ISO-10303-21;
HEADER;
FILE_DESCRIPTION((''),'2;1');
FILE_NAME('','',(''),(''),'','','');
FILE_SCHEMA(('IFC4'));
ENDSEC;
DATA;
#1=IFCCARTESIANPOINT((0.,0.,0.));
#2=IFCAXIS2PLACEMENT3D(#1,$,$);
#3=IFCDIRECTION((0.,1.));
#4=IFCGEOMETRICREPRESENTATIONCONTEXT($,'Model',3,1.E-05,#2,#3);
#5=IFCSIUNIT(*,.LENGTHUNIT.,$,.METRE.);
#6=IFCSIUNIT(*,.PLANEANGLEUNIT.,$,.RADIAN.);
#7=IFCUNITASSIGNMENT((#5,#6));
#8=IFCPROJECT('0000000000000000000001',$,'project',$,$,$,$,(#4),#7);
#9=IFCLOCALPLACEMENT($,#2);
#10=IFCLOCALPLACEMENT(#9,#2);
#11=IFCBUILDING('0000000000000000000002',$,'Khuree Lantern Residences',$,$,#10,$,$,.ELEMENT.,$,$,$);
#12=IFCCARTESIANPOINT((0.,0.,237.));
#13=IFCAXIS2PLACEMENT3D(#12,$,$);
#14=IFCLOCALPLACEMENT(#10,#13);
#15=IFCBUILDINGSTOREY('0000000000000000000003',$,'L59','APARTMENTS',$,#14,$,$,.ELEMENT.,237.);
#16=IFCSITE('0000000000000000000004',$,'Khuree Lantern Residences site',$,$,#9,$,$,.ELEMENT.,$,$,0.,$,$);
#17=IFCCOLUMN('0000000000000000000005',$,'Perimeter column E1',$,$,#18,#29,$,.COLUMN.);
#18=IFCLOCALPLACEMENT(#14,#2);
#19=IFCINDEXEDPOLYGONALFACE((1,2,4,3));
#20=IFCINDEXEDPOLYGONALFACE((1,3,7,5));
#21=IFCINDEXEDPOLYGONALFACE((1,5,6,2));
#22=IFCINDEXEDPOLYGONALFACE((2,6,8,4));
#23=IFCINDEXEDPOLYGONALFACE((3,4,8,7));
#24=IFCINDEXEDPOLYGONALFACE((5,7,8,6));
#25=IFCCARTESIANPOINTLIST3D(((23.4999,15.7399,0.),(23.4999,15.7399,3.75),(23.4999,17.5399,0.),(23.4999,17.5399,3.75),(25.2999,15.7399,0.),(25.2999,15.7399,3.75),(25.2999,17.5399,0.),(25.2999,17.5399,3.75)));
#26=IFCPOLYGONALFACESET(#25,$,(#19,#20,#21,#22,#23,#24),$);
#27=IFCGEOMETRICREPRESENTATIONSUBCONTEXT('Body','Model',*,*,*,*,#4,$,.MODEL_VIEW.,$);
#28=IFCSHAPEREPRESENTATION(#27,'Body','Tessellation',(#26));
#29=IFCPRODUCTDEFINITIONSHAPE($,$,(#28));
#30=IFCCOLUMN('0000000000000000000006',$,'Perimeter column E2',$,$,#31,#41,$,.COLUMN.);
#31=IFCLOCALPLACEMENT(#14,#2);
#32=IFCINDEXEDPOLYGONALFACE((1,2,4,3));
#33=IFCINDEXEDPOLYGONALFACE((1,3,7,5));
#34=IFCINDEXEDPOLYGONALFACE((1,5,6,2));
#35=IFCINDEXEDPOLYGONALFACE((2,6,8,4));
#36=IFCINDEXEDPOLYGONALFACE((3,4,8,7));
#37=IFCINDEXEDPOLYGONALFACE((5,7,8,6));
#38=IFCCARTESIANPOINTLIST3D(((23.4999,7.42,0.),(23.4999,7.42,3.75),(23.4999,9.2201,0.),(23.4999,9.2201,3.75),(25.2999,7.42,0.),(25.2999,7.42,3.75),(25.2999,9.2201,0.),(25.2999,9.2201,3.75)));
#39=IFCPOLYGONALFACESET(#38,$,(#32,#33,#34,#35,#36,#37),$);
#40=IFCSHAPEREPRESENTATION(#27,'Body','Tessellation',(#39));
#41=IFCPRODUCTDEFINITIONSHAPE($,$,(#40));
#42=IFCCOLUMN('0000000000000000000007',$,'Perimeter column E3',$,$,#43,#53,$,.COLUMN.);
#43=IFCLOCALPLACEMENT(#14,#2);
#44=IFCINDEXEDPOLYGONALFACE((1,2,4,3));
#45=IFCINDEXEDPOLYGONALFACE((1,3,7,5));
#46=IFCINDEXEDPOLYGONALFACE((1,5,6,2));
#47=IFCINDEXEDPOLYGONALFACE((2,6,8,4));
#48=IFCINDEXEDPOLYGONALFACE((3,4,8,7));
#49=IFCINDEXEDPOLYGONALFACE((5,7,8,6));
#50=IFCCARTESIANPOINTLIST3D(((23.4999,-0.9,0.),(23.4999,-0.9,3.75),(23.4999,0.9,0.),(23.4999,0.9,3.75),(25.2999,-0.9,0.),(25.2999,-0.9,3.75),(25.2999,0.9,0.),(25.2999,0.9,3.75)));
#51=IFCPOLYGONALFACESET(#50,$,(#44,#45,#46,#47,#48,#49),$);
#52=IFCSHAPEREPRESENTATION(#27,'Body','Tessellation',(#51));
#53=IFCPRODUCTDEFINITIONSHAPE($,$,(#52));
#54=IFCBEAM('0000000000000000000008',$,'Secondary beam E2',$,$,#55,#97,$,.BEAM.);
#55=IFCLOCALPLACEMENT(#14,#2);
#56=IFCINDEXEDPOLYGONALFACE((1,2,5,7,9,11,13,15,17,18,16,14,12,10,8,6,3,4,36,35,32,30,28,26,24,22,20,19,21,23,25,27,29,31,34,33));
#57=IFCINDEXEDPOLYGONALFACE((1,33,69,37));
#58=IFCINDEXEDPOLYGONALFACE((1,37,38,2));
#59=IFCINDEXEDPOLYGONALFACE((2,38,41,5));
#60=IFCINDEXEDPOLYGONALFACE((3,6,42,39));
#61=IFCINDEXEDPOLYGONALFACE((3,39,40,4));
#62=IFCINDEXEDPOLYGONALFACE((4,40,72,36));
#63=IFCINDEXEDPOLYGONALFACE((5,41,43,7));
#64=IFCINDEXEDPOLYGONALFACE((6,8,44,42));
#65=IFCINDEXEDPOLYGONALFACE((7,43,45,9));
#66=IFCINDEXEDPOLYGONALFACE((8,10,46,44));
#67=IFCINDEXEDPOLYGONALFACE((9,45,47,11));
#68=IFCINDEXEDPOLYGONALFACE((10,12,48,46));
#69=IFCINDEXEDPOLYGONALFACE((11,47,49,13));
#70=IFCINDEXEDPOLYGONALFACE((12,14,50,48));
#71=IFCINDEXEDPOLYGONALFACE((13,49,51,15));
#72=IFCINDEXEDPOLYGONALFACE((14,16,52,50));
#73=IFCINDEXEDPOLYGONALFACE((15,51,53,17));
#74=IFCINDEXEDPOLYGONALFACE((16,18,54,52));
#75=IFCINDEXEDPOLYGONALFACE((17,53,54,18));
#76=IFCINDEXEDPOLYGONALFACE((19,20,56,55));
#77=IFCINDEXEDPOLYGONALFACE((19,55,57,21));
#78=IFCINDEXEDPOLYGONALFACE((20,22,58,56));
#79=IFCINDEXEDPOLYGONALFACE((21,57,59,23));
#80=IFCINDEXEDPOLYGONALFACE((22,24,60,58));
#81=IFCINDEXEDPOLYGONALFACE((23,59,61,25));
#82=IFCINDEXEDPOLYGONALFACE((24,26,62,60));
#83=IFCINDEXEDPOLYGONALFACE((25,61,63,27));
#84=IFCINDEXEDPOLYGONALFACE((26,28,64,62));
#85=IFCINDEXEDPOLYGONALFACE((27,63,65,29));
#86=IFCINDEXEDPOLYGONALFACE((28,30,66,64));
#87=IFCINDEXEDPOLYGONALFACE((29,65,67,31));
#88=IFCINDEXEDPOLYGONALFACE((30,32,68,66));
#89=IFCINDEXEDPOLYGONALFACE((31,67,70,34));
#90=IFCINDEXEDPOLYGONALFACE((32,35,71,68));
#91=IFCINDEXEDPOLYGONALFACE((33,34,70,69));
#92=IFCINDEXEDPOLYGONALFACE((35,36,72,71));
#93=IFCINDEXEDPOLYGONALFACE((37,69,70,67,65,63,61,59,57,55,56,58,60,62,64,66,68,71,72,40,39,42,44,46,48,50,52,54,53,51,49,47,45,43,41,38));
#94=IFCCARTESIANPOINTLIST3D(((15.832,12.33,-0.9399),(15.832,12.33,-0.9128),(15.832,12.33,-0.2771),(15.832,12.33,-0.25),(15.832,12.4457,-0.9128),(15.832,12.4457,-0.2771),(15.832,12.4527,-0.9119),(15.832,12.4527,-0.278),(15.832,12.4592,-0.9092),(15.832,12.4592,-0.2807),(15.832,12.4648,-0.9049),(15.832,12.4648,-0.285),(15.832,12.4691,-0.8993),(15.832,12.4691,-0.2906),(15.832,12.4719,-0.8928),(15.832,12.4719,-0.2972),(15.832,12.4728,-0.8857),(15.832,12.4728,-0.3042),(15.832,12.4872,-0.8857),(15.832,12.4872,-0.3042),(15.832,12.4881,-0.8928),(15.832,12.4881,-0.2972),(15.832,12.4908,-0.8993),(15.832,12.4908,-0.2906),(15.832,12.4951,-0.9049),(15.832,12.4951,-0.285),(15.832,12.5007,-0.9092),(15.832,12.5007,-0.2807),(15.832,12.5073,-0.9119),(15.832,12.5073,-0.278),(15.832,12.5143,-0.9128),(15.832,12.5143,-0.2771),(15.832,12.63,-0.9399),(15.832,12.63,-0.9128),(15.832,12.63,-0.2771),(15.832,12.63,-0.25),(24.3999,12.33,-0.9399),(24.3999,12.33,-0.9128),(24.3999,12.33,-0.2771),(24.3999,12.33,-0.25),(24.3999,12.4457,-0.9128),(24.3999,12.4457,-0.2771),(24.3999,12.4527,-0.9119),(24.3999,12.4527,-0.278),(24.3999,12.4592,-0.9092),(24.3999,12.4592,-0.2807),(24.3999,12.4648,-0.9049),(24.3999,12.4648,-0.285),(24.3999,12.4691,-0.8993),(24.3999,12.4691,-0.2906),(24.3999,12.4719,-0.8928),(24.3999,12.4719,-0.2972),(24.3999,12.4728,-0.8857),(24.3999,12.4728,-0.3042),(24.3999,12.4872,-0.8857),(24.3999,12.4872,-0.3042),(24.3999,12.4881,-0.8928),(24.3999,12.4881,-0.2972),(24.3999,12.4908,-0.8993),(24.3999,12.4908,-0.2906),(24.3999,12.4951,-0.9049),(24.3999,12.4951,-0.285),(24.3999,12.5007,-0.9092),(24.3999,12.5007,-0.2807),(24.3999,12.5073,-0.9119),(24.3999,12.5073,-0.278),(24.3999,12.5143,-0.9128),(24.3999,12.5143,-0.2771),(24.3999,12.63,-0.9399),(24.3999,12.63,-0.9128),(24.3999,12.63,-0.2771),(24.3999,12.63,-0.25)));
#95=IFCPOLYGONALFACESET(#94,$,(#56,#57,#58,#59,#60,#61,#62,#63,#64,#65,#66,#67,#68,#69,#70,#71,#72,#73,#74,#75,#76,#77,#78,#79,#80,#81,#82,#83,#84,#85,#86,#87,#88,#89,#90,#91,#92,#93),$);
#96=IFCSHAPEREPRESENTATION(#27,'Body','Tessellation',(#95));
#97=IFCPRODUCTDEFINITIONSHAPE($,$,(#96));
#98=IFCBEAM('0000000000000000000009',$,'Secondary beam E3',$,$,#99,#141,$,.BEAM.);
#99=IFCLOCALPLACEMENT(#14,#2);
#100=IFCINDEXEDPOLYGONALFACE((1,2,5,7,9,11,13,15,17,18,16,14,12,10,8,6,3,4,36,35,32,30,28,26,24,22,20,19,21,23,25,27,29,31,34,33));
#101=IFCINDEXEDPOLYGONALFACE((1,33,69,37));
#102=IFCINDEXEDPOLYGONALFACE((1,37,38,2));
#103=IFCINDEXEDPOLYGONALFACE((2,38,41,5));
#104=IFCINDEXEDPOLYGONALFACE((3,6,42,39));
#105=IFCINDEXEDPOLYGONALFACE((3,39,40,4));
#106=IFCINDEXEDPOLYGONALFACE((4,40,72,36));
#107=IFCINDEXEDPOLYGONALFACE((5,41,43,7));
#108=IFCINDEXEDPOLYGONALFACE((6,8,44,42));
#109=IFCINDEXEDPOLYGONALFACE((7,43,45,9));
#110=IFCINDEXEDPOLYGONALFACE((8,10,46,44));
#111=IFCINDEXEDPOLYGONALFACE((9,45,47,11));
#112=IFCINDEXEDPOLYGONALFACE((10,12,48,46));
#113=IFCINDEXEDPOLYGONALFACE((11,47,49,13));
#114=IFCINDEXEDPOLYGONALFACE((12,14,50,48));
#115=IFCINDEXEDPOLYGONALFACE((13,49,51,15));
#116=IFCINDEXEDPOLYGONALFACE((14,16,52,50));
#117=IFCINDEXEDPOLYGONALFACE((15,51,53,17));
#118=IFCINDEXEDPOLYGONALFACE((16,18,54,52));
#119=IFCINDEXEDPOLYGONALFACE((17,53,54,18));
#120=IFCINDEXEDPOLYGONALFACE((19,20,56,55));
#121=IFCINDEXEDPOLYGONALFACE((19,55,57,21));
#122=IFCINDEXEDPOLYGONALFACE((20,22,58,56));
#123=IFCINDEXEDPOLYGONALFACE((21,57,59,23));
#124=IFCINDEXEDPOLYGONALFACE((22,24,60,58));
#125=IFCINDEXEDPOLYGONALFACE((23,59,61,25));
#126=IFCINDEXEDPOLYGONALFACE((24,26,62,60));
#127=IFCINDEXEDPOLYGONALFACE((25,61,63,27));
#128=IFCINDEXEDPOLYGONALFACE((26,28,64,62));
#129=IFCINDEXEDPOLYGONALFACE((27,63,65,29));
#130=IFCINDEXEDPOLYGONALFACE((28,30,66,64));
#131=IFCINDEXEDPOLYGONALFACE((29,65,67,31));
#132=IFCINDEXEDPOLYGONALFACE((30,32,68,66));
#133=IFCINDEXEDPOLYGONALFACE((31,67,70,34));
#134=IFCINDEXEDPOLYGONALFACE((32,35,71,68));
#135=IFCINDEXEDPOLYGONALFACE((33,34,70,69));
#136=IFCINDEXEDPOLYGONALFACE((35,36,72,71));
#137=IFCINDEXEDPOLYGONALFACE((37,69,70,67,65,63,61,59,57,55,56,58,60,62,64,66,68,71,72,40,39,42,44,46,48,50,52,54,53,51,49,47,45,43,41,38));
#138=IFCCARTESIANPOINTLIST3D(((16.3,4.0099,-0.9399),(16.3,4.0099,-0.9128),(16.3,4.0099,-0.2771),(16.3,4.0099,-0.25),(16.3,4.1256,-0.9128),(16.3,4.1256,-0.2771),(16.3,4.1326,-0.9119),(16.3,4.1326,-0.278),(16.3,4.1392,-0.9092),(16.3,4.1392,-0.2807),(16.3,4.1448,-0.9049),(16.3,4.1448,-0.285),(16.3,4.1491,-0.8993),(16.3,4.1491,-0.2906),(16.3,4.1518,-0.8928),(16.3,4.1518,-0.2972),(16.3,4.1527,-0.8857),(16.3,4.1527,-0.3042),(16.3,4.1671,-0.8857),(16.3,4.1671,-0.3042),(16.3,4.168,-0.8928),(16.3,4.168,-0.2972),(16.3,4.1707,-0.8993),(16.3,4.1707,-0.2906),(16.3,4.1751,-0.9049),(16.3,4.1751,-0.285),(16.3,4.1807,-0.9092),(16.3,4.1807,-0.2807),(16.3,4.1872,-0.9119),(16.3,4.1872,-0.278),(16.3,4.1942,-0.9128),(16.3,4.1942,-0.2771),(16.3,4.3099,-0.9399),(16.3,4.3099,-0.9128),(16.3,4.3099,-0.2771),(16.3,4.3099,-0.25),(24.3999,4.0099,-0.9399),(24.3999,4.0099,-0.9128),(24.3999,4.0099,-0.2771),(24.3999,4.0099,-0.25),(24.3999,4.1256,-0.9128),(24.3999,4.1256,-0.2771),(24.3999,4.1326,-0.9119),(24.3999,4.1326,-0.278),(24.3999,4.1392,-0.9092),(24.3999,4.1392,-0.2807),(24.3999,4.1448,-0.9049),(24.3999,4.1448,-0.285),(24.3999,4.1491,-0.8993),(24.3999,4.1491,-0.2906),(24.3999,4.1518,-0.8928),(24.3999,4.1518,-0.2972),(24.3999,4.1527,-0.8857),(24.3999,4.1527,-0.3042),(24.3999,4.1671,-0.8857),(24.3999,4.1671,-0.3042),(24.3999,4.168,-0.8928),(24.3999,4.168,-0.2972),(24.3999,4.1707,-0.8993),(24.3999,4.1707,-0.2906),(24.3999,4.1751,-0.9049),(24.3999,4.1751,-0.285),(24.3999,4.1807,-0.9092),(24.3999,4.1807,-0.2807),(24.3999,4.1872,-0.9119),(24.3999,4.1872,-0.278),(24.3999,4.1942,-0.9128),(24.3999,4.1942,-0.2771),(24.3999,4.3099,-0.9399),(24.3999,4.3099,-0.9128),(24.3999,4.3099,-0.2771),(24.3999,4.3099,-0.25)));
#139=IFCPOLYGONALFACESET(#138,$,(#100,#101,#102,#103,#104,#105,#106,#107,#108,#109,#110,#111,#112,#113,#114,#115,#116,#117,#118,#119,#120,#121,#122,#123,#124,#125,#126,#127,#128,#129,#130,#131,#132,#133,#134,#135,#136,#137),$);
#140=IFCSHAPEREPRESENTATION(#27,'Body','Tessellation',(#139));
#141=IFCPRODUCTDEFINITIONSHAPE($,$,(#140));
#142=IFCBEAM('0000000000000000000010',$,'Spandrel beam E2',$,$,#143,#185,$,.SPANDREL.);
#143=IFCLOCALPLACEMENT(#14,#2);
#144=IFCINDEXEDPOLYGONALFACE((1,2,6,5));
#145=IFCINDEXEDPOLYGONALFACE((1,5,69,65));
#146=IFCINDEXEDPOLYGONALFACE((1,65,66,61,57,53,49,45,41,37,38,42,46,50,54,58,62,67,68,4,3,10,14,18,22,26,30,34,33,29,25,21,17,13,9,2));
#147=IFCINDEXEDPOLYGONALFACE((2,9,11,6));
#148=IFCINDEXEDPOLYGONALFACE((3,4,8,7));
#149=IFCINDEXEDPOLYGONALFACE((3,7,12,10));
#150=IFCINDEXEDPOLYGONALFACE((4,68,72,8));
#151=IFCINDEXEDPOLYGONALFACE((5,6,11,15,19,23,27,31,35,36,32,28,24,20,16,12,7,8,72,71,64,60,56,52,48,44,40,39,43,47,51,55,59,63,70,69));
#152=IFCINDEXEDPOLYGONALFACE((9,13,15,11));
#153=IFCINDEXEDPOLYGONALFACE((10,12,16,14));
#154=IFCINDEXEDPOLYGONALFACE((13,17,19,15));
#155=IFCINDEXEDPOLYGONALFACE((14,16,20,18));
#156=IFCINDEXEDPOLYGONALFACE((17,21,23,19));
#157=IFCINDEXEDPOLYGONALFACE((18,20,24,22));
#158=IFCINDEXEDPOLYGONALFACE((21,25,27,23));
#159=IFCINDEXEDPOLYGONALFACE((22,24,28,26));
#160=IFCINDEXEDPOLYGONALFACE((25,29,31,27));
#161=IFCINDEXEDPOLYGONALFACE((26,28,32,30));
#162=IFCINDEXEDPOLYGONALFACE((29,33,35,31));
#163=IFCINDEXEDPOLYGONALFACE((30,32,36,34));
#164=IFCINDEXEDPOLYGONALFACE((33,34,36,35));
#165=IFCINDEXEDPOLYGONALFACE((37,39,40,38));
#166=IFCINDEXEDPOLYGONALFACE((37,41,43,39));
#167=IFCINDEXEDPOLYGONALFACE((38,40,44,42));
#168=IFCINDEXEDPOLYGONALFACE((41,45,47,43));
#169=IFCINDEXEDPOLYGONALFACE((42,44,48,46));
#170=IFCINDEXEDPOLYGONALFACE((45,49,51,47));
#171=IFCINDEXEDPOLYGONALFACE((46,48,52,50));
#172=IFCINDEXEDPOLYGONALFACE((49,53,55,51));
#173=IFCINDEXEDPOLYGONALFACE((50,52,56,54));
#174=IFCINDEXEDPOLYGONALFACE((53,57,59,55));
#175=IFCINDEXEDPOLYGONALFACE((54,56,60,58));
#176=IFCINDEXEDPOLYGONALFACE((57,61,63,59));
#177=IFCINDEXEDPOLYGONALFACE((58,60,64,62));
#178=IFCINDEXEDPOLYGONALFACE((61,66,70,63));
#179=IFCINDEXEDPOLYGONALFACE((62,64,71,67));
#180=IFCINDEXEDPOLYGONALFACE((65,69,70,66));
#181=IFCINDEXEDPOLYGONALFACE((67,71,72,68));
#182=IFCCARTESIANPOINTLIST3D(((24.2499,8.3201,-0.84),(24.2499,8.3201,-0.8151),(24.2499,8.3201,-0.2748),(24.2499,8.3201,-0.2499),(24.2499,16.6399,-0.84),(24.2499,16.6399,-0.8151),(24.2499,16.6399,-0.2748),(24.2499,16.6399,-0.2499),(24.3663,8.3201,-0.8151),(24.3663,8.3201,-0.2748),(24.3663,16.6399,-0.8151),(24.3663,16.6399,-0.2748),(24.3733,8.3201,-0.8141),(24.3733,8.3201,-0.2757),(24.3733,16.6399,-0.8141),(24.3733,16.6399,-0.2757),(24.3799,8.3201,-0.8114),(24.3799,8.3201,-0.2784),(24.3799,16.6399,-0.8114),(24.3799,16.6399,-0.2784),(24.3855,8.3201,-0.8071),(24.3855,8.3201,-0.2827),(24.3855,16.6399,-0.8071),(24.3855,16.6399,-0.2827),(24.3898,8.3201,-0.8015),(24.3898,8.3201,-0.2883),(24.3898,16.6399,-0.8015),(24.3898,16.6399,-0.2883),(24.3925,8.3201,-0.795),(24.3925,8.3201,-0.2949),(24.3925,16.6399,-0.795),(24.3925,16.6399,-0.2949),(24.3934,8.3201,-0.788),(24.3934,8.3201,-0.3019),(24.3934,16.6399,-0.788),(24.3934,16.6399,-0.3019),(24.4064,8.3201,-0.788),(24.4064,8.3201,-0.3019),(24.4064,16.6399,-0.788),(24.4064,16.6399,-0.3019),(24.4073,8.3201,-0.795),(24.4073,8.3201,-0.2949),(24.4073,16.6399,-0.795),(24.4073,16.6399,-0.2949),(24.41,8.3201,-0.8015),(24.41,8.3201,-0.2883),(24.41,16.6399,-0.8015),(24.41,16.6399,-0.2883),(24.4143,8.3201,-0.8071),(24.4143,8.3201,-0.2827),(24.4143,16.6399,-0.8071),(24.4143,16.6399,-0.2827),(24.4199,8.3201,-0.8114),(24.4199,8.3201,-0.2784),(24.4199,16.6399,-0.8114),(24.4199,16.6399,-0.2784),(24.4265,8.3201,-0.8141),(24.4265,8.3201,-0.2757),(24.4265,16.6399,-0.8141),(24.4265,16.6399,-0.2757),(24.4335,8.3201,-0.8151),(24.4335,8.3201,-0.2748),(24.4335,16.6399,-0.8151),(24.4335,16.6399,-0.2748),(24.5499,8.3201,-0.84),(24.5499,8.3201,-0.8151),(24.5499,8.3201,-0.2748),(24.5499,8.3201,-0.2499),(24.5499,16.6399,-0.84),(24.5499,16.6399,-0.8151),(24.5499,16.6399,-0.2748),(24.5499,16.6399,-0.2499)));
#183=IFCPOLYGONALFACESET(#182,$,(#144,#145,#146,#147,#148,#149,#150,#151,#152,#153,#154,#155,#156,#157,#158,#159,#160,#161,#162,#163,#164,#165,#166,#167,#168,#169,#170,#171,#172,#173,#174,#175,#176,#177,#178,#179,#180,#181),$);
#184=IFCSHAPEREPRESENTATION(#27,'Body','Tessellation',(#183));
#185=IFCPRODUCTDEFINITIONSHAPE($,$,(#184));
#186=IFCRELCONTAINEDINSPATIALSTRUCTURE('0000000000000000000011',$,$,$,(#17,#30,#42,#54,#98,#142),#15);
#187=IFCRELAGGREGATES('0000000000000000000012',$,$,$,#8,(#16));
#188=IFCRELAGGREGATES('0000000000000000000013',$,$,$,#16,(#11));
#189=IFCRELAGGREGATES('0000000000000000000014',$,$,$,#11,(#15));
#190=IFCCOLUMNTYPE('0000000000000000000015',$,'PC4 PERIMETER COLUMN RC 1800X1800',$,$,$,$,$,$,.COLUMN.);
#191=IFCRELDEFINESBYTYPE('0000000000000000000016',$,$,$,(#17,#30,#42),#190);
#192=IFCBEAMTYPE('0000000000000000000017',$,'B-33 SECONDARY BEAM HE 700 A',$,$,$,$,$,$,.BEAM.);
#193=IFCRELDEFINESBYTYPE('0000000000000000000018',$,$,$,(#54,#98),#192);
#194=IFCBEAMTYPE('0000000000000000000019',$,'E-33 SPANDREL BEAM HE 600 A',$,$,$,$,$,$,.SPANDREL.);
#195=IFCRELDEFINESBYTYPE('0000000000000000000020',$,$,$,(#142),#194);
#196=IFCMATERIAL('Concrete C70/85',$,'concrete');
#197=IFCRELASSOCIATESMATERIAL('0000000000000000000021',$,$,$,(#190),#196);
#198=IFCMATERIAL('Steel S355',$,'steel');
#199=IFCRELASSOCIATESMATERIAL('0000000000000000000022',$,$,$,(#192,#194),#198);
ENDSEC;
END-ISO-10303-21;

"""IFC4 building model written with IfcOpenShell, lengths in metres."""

from ifc_helpers import new_model, si_unit, direction, frame, origin, origin_2d, place, context, subcontext, project, spatial, rectangle, i_section, extrude, material, material_profile, profile_set, type_object, element, save


model = new_model("IFC4")

# Units and contexts
model_context = context("Model", 3, precision=1e-05, world=origin(), true_north=direction((0.0, 1.0)))
body_context = subcontext(model_context, "Body", "Model", "MODEL_VIEW")
ifc_project = project(units=[si_unit("LENGTHUNIT", "METRE"), si_unit("PLANEANGLEUNIT", "RADIAN")], contexts=[model_context])

# Site, building, storey
site_placement = place(None, origin())
site = spatial("IfcSite", under=ifc_project, at=site_placement, Name="Khuree Lantern Residences site", CompositionType="ELEMENT", RefElevation=0.0)
building_placement = place(site_placement, origin())
building = spatial("IfcBuilding", under=site, at=building_placement, Name="Khuree Lantern Residences", CompositionType="ELEMENT")
storey_placement = place(building_placement, frame((0.0, 0.0, 237.0)))
storey = spatial("IfcBuildingStorey", under=building, at=storey_placement, Name="L59", Description="APARTMENTS", CompositionType="ELEMENT", Elevation=237.0)

# Columns
ifc_material_1 = material(Name="Concrete C70/85", Category="concrete")
ifc_material_profile_1 = material_profile(ifc_material_1, rectangle(XDim=1.8, YDim=1.8, at=origin_2d()), Name="RC 1800X1800")
ifc_profile_set_1 = profile_set([ifc_material_profile_1], Name="Concrete C70/85")
column_type = type_object("IfcColumnType", Name="PC4 PERIMETER COLUMN RC 1800X1800", PredefinedType="COLUMN", material=ifc_profile_set_1)
for number, where, z_axis, x_axis, name in (
    (1, (24.3999, 16.6399, 0.0), (0.0, 0.0, 1.0), (0.0, 1.0, 0.0), "Perimeter column E1"),
    (2, (24.3999, 8.3201, 0.0), (0.0, 0.0, 1.0), (0.0, 1.0, 0.0), "Perimeter column E2"),
    (3, (24.3999, 0.0, 0.0), (0.0, 0.0, 1.0), (0.0, 1.0, 0.0), "Perimeter column E3"),
):
    element("IfcColumn", number, at=place(storey_placement, frame(where, z_axis=z_axis, x_axis=x_axis)), inside=storey, type_object=column_type, Name=name, PredefinedType="COLUMN", context=body_context, shape_type="SweptSolid", body=[
        extrude(rectangle(XDim=1.8, YDim=1.8, at=origin_2d()), origin(), (0.0, 0.0, 1.0), 3.75),
    ])

# Beams
ifc_material_2 = material(Name="Steel S355", Category="steel")
ifc_material_profile_2 = material_profile(ifc_material_2, i_section(OverallWidth=0.3, OverallDepth=0.6899, WebThickness=0.0144, FlangeThickness=0.0271, FilletRadius=0.0271, at=origin_2d()), Name="HE 700 A")
ifc_profile_set_2 = profile_set([ifc_material_profile_2], Name="Steel S355")
beam_type_1 = type_object("IfcBeamType", Name="B-33 SECONDARY BEAM HE 700 A", PredefinedType="BEAM", material=ifc_profile_set_2)
beam_1_placement = place(storey_placement, frame((24.3999, 12.48, -0.595), z_axis=(-1.0, 0.0, 0.0), x_axis=(0.0, -1.0, 0.0)))
element("IfcBeam", 4, at=beam_1_placement, inside=storey, type_object=beam_type_1, Name="Secondary beam E2", PredefinedType="BEAM", context=body_context, shape_type="SweptSolid", body=[
    extrude(i_section(OverallWidth=0.3, OverallDepth=0.6899, WebThickness=0.0144, FlangeThickness=0.0271, FilletRadius=0.0271, at=origin_2d()), origin(), (0.0, 0.0, 1.0), 8.5679),
])
beam_2_placement = place(storey_placement, frame((24.3999, 4.1599, -0.595), z_axis=(-1.0, 0.0, 0.0), x_axis=(0.0, -1.0, 0.0)))
element("IfcBeam", 5, at=beam_2_placement, inside=storey, type_object=beam_type_1, Name="Secondary beam E3", PredefinedType="BEAM", context=body_context, shape_type="SweptSolid", body=[
    extrude(i_section(OverallWidth=0.3, OverallDepth=0.6899, WebThickness=0.0144, FlangeThickness=0.0271, FilletRadius=0.0271, at=origin_2d()), origin(), (0.0, 0.0, 1.0), 8.0999),
])
ifc_material_profile_3 = material_profile(ifc_material_2, i_section(OverallWidth=0.3, OverallDepth=0.5901, WebThickness=0.0129, FlangeThickness=0.0249, FilletRadius=0.0271, at=origin_2d()), Name="HE 600 A")
ifc_profile_set_3 = profile_set([ifc_material_profile_3], Name="Steel S355")
beam_type_2 = type_object("IfcBeamType", Name="E-33 SPANDREL BEAM HE 600 A", PredefinedType="SPANDREL", material=ifc_profile_set_3)
beam_3_placement = place(storey_placement, frame((24.3999, 16.6399, -0.5449), z_axis=(0.0, -1.0, 0.0), x_axis=(1.0, 0.0, 0.0)))
element("IfcBeam", 6, at=beam_3_placement, inside=storey, type_object=beam_type_2, Name="Spandrel beam E2", PredefinedType="SPANDREL", context=body_context, shape_type="SweptSolid", body=[
    extrude(i_section(OverallWidth=0.3, OverallDepth=0.5901, WebThickness=0.0129, FlangeThickness=0.0249, FilletRadius=0.0271, at=origin_2d()), origin(), (0.0, 0.0, 1.0), 8.3198),
])

save(model, "model.ifc")
